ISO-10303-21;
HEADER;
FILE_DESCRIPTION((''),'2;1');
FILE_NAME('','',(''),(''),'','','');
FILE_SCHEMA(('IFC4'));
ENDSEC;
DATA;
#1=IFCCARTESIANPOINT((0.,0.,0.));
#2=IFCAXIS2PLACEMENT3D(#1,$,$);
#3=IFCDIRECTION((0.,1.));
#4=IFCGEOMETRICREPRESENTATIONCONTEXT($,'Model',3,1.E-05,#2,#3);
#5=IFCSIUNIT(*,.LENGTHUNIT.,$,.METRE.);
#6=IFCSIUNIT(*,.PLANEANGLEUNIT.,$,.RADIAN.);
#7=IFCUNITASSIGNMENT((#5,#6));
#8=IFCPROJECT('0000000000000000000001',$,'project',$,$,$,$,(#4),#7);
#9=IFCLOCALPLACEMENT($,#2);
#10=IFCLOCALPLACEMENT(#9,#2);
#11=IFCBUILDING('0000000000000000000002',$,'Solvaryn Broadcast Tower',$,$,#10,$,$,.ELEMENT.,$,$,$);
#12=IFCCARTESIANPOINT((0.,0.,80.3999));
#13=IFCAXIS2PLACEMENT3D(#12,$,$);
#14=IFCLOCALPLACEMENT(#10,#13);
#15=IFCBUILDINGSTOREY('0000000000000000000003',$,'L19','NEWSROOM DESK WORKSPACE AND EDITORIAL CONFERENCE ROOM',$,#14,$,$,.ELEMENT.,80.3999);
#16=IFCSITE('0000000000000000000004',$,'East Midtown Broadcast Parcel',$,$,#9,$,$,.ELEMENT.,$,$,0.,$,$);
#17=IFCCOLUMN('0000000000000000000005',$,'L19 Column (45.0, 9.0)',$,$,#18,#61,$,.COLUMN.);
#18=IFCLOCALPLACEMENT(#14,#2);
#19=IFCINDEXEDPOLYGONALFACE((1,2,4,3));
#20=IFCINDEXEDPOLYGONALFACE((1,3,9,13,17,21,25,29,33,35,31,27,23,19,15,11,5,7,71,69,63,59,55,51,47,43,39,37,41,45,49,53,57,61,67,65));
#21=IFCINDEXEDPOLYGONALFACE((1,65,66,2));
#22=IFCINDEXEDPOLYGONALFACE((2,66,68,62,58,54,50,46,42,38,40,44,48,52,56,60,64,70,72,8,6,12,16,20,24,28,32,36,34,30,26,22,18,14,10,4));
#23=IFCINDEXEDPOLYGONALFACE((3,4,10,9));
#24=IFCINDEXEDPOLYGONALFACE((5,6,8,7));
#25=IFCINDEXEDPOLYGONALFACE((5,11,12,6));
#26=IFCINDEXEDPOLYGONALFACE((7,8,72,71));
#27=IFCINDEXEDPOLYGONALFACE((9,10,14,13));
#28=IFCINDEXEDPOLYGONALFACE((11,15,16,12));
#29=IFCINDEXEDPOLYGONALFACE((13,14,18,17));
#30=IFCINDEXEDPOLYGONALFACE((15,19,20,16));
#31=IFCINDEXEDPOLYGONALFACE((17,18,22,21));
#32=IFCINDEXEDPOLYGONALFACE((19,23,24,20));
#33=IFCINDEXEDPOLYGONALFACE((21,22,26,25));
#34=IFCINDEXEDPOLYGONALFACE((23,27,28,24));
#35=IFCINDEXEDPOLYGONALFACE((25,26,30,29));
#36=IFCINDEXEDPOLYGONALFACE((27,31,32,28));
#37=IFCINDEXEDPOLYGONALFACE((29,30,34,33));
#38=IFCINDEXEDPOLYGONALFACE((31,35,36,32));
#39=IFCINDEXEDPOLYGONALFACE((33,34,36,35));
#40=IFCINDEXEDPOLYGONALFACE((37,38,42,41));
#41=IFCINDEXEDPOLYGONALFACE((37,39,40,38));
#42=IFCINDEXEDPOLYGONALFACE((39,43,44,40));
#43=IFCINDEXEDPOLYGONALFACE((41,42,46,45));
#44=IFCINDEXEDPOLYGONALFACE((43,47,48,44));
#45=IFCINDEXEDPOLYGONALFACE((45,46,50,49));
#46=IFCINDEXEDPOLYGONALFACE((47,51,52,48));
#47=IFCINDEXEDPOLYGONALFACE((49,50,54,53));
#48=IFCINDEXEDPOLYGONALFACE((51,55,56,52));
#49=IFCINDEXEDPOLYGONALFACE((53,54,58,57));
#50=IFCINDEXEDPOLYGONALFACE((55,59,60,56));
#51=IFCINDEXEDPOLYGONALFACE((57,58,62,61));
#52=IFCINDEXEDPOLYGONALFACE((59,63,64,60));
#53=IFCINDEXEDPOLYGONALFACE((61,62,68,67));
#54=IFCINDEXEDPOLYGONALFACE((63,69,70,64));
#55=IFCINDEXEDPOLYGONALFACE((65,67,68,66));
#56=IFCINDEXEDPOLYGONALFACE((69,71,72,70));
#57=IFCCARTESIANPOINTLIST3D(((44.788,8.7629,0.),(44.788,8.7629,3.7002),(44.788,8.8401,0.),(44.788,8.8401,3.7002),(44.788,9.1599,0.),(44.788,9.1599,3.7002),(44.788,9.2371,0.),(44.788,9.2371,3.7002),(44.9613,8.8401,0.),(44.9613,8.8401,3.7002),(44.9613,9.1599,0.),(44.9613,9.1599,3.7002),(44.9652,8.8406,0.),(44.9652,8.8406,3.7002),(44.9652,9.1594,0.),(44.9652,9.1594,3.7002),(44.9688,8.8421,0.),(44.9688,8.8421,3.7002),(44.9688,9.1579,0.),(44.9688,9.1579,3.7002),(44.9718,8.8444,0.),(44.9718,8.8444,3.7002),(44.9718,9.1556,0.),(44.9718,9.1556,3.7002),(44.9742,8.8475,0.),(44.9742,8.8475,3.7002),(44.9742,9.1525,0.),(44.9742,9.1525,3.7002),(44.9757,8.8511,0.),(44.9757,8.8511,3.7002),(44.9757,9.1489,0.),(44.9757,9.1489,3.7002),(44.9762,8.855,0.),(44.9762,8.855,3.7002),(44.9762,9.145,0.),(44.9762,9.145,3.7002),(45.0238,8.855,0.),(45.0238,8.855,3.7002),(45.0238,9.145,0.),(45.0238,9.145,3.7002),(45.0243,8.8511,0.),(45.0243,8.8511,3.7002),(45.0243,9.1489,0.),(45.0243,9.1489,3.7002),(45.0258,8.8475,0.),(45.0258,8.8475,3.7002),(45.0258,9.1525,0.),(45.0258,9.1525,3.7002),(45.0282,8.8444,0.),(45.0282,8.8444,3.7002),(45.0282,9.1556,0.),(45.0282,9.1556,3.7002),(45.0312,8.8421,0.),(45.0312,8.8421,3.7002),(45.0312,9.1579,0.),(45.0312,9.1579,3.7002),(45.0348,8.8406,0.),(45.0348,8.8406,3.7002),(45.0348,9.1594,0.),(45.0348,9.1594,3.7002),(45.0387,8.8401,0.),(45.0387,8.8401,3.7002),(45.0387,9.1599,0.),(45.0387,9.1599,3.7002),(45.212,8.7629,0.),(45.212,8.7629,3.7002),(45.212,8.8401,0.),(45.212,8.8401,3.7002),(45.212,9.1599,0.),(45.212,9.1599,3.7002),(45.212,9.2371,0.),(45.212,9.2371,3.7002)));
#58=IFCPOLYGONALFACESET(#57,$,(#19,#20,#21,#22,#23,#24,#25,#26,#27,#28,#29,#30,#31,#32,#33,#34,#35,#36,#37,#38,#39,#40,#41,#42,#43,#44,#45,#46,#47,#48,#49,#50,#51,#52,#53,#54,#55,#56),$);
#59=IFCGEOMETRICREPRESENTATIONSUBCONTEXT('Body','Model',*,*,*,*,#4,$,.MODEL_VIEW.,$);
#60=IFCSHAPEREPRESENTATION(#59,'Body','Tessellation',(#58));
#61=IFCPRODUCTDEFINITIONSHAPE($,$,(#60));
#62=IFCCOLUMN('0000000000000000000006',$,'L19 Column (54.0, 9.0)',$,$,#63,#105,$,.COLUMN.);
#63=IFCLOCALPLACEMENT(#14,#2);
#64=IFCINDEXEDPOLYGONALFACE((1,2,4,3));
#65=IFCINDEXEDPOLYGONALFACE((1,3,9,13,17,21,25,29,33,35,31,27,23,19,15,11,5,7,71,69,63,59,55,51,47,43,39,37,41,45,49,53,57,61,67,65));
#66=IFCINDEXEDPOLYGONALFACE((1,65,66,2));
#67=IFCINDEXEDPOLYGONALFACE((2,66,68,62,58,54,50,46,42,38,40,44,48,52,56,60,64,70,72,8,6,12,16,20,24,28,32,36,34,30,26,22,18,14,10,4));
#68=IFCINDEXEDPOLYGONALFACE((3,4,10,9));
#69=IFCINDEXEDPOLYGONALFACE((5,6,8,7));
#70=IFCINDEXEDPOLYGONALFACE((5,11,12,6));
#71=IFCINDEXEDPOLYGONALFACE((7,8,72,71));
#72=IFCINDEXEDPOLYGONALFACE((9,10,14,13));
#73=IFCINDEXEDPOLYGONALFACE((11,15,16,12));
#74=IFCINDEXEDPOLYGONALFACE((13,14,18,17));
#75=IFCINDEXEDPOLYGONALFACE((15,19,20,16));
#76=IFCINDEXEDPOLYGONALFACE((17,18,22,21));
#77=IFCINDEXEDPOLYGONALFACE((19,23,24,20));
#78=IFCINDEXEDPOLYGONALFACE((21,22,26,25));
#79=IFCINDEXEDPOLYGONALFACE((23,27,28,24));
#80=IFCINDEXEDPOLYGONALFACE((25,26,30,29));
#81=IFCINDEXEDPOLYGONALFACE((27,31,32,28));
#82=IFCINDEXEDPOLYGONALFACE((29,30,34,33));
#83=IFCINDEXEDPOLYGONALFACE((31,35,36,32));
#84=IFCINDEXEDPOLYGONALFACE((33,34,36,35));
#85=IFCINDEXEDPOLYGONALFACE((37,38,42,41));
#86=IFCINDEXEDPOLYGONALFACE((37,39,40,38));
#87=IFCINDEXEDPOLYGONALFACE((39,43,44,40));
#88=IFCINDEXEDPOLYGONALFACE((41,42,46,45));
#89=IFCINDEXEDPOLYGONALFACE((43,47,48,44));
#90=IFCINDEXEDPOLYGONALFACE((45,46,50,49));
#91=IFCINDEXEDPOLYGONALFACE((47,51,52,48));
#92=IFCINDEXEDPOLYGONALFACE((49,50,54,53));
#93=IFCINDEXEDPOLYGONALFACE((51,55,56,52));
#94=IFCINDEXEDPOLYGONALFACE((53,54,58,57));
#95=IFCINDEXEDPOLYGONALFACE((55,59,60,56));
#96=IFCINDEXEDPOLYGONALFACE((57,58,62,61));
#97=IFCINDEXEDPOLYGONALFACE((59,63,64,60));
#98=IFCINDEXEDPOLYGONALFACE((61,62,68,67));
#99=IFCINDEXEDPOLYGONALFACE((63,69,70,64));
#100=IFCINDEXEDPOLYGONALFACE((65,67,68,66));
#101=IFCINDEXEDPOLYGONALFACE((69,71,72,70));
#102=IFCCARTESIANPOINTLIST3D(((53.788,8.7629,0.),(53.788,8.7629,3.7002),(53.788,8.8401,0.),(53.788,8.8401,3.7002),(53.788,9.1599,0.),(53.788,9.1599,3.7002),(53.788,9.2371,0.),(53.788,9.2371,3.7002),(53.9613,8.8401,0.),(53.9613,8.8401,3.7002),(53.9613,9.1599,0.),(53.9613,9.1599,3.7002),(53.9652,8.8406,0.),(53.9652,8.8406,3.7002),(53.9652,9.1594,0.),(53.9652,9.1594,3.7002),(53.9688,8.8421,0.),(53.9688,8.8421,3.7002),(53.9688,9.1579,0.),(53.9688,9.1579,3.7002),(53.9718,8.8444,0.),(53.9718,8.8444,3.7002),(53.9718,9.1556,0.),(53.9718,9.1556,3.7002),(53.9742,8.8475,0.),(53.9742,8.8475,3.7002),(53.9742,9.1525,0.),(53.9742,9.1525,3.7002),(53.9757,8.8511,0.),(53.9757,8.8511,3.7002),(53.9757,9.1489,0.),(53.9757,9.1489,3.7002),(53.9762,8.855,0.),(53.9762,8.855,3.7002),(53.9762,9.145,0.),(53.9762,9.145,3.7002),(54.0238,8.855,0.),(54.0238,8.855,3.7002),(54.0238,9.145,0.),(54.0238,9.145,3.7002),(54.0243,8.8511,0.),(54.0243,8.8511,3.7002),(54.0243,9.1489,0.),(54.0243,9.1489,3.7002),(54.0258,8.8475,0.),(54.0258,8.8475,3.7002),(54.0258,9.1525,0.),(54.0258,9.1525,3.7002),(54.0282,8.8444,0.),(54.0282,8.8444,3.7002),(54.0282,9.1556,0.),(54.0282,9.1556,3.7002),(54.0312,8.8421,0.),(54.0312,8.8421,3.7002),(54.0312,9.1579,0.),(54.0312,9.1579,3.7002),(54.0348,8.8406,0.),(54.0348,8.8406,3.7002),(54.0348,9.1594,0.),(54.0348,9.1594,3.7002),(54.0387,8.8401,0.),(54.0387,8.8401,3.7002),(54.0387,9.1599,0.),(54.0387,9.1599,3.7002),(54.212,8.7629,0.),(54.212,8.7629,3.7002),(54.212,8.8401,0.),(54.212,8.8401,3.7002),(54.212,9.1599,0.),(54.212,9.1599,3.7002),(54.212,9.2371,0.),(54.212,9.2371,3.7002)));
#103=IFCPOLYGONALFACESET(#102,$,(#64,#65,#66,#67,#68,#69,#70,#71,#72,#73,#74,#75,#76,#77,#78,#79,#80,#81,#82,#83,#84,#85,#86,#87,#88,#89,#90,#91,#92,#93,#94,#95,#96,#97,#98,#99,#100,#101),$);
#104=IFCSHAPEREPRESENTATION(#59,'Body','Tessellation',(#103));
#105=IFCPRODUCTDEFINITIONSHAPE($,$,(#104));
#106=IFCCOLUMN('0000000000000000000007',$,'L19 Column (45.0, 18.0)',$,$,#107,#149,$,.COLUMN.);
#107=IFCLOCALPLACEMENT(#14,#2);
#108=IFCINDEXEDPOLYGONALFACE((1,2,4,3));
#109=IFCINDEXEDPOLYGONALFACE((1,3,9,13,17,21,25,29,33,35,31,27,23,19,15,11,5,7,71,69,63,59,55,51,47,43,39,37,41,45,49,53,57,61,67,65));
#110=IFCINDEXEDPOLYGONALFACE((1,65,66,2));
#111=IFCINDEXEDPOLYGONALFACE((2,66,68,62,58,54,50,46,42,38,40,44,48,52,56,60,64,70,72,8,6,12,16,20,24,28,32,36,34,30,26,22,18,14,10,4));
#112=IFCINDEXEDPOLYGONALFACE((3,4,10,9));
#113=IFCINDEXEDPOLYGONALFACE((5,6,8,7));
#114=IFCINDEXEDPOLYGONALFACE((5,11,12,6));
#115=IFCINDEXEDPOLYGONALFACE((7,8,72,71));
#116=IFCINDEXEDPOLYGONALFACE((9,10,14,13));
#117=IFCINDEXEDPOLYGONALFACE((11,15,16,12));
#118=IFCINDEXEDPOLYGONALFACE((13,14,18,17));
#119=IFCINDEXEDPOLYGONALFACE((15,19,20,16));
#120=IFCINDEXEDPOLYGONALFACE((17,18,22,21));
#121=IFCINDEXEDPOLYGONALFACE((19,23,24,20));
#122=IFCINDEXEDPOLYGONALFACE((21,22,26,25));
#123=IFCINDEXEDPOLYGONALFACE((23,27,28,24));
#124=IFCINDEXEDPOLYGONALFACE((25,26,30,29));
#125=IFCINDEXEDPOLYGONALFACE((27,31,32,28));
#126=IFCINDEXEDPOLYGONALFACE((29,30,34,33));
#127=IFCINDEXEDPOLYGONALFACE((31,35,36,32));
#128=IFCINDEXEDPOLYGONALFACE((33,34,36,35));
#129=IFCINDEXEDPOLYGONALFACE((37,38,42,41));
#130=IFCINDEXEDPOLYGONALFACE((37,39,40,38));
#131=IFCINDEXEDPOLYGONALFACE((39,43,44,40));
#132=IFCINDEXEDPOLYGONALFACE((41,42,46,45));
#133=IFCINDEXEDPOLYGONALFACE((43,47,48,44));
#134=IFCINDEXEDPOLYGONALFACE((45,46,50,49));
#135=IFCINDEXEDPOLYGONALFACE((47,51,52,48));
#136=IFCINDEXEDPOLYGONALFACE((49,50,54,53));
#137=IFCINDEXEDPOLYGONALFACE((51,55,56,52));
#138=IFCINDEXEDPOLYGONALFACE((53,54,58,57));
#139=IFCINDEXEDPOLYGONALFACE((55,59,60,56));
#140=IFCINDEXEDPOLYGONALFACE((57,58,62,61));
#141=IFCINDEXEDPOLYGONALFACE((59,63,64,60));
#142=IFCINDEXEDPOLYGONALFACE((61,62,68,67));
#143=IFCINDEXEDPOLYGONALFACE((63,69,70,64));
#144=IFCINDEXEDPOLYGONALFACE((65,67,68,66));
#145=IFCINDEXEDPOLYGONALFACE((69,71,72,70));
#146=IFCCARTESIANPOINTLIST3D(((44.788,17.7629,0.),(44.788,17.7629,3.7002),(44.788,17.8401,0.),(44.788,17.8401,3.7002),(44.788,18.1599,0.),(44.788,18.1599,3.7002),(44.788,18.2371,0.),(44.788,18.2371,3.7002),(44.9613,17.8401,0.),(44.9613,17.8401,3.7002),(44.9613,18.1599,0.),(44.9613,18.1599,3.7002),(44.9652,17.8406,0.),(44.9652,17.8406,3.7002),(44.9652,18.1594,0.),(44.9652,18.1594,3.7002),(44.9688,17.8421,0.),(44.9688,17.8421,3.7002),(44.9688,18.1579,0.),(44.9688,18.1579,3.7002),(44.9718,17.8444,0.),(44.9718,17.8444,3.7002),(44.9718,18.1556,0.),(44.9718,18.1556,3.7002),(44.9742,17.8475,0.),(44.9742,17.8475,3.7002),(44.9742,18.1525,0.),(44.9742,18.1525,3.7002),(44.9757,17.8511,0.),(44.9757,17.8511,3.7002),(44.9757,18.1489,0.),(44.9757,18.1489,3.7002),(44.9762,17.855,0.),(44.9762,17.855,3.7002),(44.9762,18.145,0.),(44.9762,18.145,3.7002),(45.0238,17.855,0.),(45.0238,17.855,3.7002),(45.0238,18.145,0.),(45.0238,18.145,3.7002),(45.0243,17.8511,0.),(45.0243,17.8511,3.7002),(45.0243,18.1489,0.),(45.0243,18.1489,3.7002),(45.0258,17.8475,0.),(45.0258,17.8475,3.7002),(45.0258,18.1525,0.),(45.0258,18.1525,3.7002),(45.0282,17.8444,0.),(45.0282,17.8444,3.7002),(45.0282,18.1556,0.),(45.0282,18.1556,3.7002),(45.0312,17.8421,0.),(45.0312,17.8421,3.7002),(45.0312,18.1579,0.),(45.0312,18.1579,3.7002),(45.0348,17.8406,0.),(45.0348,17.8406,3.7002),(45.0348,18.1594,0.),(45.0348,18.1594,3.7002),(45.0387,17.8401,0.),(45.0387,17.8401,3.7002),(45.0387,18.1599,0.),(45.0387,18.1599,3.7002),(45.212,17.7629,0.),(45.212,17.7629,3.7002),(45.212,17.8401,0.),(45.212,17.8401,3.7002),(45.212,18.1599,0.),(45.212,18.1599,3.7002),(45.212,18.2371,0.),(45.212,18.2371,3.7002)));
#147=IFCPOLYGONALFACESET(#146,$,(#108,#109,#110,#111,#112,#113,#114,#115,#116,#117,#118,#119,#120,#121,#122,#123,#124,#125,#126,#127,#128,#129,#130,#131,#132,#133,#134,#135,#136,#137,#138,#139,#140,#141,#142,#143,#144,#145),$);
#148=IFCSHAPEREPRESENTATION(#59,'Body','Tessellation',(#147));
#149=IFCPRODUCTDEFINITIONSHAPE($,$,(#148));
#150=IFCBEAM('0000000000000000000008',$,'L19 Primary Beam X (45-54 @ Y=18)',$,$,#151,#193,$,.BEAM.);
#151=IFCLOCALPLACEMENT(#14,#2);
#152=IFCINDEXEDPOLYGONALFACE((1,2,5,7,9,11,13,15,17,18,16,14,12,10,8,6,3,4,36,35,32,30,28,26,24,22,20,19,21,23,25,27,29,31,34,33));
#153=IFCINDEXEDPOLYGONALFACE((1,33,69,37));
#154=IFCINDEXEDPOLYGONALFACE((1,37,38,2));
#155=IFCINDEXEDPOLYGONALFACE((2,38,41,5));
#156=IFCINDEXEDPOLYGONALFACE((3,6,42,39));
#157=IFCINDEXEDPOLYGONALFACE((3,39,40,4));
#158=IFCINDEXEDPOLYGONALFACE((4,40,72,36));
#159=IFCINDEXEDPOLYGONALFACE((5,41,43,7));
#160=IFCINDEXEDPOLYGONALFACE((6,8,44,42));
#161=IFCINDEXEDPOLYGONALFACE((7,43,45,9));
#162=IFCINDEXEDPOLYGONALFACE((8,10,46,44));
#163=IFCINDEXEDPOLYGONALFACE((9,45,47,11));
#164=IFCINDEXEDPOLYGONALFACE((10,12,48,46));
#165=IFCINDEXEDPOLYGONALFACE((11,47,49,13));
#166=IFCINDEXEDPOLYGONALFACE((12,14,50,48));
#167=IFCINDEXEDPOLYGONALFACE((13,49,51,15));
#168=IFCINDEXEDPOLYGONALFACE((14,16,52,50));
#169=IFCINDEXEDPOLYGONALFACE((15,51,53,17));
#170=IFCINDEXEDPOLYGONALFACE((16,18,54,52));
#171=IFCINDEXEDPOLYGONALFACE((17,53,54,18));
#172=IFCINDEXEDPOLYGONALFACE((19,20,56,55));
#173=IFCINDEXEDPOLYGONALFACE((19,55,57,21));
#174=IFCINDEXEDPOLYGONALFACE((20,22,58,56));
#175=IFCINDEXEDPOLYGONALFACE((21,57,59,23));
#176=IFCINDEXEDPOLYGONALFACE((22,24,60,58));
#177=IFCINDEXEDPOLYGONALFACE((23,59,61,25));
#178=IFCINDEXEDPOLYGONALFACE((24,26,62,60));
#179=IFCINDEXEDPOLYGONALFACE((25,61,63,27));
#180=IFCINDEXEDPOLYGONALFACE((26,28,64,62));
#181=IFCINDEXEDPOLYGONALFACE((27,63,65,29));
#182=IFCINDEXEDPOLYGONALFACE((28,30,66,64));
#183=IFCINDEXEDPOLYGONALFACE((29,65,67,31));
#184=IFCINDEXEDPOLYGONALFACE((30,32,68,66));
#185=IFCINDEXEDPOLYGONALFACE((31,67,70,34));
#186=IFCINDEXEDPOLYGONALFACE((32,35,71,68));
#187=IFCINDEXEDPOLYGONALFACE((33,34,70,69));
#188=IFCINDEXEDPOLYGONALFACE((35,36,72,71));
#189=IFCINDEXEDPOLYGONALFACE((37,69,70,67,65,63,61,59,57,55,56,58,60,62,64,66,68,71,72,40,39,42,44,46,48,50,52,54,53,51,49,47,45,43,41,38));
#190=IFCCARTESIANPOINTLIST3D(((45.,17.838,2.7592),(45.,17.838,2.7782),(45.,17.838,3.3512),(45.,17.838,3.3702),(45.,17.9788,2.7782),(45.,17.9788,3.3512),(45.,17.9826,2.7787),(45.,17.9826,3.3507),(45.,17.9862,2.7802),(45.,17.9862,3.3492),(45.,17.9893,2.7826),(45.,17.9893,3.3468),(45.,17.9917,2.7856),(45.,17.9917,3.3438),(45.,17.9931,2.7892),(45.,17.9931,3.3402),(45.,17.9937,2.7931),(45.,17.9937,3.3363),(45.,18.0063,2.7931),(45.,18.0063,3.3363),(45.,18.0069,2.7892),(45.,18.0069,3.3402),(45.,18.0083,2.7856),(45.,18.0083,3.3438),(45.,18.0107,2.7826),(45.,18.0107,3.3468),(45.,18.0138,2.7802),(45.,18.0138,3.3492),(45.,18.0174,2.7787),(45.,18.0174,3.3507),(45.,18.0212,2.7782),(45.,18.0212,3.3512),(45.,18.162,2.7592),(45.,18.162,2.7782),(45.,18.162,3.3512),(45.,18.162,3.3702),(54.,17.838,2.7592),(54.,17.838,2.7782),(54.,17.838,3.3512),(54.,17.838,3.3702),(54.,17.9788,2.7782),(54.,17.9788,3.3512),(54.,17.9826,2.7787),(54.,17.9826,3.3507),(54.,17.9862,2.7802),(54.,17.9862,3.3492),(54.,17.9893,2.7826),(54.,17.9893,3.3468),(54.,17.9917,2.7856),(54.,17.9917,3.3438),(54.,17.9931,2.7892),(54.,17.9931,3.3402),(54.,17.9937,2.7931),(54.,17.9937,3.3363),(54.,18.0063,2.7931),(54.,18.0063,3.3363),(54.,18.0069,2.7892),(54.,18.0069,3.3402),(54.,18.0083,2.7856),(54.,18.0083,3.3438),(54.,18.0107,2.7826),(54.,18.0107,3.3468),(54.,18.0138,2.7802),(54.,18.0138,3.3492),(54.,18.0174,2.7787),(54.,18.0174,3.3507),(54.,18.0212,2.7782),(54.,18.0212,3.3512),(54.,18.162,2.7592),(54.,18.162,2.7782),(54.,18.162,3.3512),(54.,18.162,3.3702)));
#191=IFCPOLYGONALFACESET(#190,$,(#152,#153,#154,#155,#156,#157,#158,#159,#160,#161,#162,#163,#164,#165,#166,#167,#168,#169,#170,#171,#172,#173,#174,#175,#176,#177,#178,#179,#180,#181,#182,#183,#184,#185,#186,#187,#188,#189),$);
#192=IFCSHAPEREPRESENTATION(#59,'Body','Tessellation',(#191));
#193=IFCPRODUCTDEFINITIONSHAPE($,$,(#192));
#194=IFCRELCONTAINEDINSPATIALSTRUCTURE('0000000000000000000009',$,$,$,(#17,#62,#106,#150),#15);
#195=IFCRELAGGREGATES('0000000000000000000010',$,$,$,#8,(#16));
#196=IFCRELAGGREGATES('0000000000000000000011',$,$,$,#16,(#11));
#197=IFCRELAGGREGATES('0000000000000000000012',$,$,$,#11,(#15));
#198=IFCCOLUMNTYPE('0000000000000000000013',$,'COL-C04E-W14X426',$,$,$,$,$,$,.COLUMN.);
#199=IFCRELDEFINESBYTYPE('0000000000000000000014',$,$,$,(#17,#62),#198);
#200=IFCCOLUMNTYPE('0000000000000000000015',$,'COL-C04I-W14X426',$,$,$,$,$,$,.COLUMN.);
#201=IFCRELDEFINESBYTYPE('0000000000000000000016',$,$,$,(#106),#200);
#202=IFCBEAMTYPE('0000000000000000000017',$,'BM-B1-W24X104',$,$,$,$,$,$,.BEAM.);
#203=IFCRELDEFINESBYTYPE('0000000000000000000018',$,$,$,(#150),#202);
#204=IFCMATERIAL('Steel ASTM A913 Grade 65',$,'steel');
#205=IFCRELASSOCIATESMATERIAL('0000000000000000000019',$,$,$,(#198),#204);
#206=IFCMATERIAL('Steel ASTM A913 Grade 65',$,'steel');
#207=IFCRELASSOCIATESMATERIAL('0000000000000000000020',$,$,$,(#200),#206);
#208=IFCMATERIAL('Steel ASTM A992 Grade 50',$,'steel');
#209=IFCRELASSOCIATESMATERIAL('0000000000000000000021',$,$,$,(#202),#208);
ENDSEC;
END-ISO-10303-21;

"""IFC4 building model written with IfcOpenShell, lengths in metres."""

from ifc_helpers import new_model, si_unit, direction, frame, origin, origin_2d, place, context, subcontext, project, spatial, i_section, extrude, material, material_profile, profile_set, type_object, element, save


model = new_model("IFC4")

# Units and contexts
model_context = context("Model", 3, precision=1e-05, world=origin(), true_north=direction((0.0, 1.0)))
body_context = subcontext(model_context, "Body", "Model", "MODEL_VIEW")
ifc_project = project(units=[si_unit("LENGTHUNIT", "METRE"), si_unit("PLANEANGLEUNIT", "RADIAN")], contexts=[model_context])

# Site, building, storey
site_placement = place(None, origin())
site = spatial("IfcSite", under=ifc_project, at=site_placement, Name="East Midtown Broadcast Parcel", CompositionType="ELEMENT", RefElevation=0.0)
building_placement = place(site_placement, origin())
building = spatial("IfcBuilding", under=site, at=building_placement, Name="Solvaryn Broadcast Tower", CompositionType="ELEMENT")
storey_placement = place(building_placement, frame((0.0, 0.0, 80.3999)))
storey = spatial("IfcBuildingStorey", under=building, at=storey_placement, Name="L19", Description="NEWSROOM DESK WORKSPACE AND EDITORIAL CONFERENCE ROOM", CompositionType="ELEMENT", Elevation=80.3999)

# Columns
ifc_material_1 = material(Name="Steel ASTM A913 Grade 65", Category="steel")
ifc_material_profile_1 = material_profile(ifc_material_1, i_section(OverallWidth=0.4241, OverallDepth=0.4741, WebThickness=0.0476, FlangeThickness=0.0771, FilletRadius=0.0149, at=origin_2d()))
ifc_profile_set_1 = profile_set([ifc_material_profile_1], Name="Steel ASTM A913 Grade 65")
column_type_1 = type_object("IfcColumnType", Name="COL-C04E-W14X426", PredefinedType="COLUMN", material=ifc_profile_set_1)
for number, where, z_axis, x_axis, name in (
    (1, (45.0, 9.0, 0.0), (0.0, 0.0, 1.0), (1.0, 0.0, 0.0), "L19 Column (45.0, 9.0)"),
    (2, (54.0, 9.0, 0.0), (0.0, 0.0, 1.0), (1.0, 0.0, 0.0), "L19 Column (54.0, 9.0)"),
):
    element("IfcColumn", number, at=place(storey_placement, frame(where, z_axis=z_axis, x_axis=x_axis)), inside=storey, type_object=column_type_1, Name=name, PredefinedType="COLUMN", context=body_context, shape_type="SweptSolid", body=[
        extrude(i_section(OverallWidth=0.4241, OverallDepth=0.4741, WebThickness=0.0476, FlangeThickness=0.0771, FilletRadius=0.0149, at=origin_2d()), origin(), (0.0, 0.0, 1.0), 3.7002),
    ])
ifc_material_2 = material(Name="Steel ASTM A913 Grade 65", Category="steel")
ifc_material_profile_2 = material_profile(ifc_material_2, i_section(OverallWidth=0.4241, OverallDepth=0.4741, WebThickness=0.0476, FlangeThickness=0.0771, FilletRadius=0.0149, at=origin_2d()))
ifc_profile_set_2 = profile_set([ifc_material_profile_2], Name="Steel ASTM A913 Grade 65")
column_type_2 = type_object("IfcColumnType", Name="COL-C04I-W14X426", PredefinedType="COLUMN", material=ifc_profile_set_2)
column_placement = place(storey_placement, frame((45.0, 18.0, 0.0), z_axis=(0.0, 0.0, 1.0), x_axis=(1.0, 0.0, 0.0)))
element("IfcColumn", 3, at=column_placement, inside=storey, type_object=column_type_2, Name="L19 Column (45.0, 18.0)", PredefinedType="COLUMN", context=body_context, shape_type="SweptSolid", body=[
    extrude(i_section(OverallWidth=0.4241, OverallDepth=0.4741, WebThickness=0.0476, FlangeThickness=0.0771, FilletRadius=0.0149, at=origin_2d()), origin(), (0.0, 0.0, 1.0), 3.7002),
])

# Beam
ifc_material_3 = material(Name="Steel ASTM A992 Grade 50", Category="steel")
ifc_material_profile_3 = material_profile(ifc_material_3, i_section(OverallWidth=0.324, OverallDepth=0.6111, WebThickness=0.0127, FlangeThickness=0.019, FilletRadius=0.0149, at=origin_2d()))
ifc_profile_set_3 = profile_set([ifc_material_profile_3], Name="Steel ASTM A992 Grade 50")
beam_type_1 = type_object("IfcBeamType", Name="BM-B1-W24X104", PredefinedType="BEAM", material=ifc_profile_set_3)
beam_1_placement = place(storey_placement, frame((45.0, 18.0, 3.0647), z_axis=(1.0, 0.0, 0.0), x_axis=(0.0, 1.0, 0.0)))
element("IfcBeam", 4, at=beam_1_placement, inside=storey, type_object=beam_type_1, Name="L19 Primary Beam X (45-54 @ Y=18)", PredefinedType="BEAM", context=body_context, shape_type="SweptSolid", body=[
    extrude(i_section(OverallWidth=0.324, OverallDepth=0.6111, WebThickness=0.0127, FlangeThickness=0.019, FilletRadius=0.0149, at=origin_2d()), origin(), (0.0, 0.0, 1.0), 9.0),
])

save(model, "model.ifc")
